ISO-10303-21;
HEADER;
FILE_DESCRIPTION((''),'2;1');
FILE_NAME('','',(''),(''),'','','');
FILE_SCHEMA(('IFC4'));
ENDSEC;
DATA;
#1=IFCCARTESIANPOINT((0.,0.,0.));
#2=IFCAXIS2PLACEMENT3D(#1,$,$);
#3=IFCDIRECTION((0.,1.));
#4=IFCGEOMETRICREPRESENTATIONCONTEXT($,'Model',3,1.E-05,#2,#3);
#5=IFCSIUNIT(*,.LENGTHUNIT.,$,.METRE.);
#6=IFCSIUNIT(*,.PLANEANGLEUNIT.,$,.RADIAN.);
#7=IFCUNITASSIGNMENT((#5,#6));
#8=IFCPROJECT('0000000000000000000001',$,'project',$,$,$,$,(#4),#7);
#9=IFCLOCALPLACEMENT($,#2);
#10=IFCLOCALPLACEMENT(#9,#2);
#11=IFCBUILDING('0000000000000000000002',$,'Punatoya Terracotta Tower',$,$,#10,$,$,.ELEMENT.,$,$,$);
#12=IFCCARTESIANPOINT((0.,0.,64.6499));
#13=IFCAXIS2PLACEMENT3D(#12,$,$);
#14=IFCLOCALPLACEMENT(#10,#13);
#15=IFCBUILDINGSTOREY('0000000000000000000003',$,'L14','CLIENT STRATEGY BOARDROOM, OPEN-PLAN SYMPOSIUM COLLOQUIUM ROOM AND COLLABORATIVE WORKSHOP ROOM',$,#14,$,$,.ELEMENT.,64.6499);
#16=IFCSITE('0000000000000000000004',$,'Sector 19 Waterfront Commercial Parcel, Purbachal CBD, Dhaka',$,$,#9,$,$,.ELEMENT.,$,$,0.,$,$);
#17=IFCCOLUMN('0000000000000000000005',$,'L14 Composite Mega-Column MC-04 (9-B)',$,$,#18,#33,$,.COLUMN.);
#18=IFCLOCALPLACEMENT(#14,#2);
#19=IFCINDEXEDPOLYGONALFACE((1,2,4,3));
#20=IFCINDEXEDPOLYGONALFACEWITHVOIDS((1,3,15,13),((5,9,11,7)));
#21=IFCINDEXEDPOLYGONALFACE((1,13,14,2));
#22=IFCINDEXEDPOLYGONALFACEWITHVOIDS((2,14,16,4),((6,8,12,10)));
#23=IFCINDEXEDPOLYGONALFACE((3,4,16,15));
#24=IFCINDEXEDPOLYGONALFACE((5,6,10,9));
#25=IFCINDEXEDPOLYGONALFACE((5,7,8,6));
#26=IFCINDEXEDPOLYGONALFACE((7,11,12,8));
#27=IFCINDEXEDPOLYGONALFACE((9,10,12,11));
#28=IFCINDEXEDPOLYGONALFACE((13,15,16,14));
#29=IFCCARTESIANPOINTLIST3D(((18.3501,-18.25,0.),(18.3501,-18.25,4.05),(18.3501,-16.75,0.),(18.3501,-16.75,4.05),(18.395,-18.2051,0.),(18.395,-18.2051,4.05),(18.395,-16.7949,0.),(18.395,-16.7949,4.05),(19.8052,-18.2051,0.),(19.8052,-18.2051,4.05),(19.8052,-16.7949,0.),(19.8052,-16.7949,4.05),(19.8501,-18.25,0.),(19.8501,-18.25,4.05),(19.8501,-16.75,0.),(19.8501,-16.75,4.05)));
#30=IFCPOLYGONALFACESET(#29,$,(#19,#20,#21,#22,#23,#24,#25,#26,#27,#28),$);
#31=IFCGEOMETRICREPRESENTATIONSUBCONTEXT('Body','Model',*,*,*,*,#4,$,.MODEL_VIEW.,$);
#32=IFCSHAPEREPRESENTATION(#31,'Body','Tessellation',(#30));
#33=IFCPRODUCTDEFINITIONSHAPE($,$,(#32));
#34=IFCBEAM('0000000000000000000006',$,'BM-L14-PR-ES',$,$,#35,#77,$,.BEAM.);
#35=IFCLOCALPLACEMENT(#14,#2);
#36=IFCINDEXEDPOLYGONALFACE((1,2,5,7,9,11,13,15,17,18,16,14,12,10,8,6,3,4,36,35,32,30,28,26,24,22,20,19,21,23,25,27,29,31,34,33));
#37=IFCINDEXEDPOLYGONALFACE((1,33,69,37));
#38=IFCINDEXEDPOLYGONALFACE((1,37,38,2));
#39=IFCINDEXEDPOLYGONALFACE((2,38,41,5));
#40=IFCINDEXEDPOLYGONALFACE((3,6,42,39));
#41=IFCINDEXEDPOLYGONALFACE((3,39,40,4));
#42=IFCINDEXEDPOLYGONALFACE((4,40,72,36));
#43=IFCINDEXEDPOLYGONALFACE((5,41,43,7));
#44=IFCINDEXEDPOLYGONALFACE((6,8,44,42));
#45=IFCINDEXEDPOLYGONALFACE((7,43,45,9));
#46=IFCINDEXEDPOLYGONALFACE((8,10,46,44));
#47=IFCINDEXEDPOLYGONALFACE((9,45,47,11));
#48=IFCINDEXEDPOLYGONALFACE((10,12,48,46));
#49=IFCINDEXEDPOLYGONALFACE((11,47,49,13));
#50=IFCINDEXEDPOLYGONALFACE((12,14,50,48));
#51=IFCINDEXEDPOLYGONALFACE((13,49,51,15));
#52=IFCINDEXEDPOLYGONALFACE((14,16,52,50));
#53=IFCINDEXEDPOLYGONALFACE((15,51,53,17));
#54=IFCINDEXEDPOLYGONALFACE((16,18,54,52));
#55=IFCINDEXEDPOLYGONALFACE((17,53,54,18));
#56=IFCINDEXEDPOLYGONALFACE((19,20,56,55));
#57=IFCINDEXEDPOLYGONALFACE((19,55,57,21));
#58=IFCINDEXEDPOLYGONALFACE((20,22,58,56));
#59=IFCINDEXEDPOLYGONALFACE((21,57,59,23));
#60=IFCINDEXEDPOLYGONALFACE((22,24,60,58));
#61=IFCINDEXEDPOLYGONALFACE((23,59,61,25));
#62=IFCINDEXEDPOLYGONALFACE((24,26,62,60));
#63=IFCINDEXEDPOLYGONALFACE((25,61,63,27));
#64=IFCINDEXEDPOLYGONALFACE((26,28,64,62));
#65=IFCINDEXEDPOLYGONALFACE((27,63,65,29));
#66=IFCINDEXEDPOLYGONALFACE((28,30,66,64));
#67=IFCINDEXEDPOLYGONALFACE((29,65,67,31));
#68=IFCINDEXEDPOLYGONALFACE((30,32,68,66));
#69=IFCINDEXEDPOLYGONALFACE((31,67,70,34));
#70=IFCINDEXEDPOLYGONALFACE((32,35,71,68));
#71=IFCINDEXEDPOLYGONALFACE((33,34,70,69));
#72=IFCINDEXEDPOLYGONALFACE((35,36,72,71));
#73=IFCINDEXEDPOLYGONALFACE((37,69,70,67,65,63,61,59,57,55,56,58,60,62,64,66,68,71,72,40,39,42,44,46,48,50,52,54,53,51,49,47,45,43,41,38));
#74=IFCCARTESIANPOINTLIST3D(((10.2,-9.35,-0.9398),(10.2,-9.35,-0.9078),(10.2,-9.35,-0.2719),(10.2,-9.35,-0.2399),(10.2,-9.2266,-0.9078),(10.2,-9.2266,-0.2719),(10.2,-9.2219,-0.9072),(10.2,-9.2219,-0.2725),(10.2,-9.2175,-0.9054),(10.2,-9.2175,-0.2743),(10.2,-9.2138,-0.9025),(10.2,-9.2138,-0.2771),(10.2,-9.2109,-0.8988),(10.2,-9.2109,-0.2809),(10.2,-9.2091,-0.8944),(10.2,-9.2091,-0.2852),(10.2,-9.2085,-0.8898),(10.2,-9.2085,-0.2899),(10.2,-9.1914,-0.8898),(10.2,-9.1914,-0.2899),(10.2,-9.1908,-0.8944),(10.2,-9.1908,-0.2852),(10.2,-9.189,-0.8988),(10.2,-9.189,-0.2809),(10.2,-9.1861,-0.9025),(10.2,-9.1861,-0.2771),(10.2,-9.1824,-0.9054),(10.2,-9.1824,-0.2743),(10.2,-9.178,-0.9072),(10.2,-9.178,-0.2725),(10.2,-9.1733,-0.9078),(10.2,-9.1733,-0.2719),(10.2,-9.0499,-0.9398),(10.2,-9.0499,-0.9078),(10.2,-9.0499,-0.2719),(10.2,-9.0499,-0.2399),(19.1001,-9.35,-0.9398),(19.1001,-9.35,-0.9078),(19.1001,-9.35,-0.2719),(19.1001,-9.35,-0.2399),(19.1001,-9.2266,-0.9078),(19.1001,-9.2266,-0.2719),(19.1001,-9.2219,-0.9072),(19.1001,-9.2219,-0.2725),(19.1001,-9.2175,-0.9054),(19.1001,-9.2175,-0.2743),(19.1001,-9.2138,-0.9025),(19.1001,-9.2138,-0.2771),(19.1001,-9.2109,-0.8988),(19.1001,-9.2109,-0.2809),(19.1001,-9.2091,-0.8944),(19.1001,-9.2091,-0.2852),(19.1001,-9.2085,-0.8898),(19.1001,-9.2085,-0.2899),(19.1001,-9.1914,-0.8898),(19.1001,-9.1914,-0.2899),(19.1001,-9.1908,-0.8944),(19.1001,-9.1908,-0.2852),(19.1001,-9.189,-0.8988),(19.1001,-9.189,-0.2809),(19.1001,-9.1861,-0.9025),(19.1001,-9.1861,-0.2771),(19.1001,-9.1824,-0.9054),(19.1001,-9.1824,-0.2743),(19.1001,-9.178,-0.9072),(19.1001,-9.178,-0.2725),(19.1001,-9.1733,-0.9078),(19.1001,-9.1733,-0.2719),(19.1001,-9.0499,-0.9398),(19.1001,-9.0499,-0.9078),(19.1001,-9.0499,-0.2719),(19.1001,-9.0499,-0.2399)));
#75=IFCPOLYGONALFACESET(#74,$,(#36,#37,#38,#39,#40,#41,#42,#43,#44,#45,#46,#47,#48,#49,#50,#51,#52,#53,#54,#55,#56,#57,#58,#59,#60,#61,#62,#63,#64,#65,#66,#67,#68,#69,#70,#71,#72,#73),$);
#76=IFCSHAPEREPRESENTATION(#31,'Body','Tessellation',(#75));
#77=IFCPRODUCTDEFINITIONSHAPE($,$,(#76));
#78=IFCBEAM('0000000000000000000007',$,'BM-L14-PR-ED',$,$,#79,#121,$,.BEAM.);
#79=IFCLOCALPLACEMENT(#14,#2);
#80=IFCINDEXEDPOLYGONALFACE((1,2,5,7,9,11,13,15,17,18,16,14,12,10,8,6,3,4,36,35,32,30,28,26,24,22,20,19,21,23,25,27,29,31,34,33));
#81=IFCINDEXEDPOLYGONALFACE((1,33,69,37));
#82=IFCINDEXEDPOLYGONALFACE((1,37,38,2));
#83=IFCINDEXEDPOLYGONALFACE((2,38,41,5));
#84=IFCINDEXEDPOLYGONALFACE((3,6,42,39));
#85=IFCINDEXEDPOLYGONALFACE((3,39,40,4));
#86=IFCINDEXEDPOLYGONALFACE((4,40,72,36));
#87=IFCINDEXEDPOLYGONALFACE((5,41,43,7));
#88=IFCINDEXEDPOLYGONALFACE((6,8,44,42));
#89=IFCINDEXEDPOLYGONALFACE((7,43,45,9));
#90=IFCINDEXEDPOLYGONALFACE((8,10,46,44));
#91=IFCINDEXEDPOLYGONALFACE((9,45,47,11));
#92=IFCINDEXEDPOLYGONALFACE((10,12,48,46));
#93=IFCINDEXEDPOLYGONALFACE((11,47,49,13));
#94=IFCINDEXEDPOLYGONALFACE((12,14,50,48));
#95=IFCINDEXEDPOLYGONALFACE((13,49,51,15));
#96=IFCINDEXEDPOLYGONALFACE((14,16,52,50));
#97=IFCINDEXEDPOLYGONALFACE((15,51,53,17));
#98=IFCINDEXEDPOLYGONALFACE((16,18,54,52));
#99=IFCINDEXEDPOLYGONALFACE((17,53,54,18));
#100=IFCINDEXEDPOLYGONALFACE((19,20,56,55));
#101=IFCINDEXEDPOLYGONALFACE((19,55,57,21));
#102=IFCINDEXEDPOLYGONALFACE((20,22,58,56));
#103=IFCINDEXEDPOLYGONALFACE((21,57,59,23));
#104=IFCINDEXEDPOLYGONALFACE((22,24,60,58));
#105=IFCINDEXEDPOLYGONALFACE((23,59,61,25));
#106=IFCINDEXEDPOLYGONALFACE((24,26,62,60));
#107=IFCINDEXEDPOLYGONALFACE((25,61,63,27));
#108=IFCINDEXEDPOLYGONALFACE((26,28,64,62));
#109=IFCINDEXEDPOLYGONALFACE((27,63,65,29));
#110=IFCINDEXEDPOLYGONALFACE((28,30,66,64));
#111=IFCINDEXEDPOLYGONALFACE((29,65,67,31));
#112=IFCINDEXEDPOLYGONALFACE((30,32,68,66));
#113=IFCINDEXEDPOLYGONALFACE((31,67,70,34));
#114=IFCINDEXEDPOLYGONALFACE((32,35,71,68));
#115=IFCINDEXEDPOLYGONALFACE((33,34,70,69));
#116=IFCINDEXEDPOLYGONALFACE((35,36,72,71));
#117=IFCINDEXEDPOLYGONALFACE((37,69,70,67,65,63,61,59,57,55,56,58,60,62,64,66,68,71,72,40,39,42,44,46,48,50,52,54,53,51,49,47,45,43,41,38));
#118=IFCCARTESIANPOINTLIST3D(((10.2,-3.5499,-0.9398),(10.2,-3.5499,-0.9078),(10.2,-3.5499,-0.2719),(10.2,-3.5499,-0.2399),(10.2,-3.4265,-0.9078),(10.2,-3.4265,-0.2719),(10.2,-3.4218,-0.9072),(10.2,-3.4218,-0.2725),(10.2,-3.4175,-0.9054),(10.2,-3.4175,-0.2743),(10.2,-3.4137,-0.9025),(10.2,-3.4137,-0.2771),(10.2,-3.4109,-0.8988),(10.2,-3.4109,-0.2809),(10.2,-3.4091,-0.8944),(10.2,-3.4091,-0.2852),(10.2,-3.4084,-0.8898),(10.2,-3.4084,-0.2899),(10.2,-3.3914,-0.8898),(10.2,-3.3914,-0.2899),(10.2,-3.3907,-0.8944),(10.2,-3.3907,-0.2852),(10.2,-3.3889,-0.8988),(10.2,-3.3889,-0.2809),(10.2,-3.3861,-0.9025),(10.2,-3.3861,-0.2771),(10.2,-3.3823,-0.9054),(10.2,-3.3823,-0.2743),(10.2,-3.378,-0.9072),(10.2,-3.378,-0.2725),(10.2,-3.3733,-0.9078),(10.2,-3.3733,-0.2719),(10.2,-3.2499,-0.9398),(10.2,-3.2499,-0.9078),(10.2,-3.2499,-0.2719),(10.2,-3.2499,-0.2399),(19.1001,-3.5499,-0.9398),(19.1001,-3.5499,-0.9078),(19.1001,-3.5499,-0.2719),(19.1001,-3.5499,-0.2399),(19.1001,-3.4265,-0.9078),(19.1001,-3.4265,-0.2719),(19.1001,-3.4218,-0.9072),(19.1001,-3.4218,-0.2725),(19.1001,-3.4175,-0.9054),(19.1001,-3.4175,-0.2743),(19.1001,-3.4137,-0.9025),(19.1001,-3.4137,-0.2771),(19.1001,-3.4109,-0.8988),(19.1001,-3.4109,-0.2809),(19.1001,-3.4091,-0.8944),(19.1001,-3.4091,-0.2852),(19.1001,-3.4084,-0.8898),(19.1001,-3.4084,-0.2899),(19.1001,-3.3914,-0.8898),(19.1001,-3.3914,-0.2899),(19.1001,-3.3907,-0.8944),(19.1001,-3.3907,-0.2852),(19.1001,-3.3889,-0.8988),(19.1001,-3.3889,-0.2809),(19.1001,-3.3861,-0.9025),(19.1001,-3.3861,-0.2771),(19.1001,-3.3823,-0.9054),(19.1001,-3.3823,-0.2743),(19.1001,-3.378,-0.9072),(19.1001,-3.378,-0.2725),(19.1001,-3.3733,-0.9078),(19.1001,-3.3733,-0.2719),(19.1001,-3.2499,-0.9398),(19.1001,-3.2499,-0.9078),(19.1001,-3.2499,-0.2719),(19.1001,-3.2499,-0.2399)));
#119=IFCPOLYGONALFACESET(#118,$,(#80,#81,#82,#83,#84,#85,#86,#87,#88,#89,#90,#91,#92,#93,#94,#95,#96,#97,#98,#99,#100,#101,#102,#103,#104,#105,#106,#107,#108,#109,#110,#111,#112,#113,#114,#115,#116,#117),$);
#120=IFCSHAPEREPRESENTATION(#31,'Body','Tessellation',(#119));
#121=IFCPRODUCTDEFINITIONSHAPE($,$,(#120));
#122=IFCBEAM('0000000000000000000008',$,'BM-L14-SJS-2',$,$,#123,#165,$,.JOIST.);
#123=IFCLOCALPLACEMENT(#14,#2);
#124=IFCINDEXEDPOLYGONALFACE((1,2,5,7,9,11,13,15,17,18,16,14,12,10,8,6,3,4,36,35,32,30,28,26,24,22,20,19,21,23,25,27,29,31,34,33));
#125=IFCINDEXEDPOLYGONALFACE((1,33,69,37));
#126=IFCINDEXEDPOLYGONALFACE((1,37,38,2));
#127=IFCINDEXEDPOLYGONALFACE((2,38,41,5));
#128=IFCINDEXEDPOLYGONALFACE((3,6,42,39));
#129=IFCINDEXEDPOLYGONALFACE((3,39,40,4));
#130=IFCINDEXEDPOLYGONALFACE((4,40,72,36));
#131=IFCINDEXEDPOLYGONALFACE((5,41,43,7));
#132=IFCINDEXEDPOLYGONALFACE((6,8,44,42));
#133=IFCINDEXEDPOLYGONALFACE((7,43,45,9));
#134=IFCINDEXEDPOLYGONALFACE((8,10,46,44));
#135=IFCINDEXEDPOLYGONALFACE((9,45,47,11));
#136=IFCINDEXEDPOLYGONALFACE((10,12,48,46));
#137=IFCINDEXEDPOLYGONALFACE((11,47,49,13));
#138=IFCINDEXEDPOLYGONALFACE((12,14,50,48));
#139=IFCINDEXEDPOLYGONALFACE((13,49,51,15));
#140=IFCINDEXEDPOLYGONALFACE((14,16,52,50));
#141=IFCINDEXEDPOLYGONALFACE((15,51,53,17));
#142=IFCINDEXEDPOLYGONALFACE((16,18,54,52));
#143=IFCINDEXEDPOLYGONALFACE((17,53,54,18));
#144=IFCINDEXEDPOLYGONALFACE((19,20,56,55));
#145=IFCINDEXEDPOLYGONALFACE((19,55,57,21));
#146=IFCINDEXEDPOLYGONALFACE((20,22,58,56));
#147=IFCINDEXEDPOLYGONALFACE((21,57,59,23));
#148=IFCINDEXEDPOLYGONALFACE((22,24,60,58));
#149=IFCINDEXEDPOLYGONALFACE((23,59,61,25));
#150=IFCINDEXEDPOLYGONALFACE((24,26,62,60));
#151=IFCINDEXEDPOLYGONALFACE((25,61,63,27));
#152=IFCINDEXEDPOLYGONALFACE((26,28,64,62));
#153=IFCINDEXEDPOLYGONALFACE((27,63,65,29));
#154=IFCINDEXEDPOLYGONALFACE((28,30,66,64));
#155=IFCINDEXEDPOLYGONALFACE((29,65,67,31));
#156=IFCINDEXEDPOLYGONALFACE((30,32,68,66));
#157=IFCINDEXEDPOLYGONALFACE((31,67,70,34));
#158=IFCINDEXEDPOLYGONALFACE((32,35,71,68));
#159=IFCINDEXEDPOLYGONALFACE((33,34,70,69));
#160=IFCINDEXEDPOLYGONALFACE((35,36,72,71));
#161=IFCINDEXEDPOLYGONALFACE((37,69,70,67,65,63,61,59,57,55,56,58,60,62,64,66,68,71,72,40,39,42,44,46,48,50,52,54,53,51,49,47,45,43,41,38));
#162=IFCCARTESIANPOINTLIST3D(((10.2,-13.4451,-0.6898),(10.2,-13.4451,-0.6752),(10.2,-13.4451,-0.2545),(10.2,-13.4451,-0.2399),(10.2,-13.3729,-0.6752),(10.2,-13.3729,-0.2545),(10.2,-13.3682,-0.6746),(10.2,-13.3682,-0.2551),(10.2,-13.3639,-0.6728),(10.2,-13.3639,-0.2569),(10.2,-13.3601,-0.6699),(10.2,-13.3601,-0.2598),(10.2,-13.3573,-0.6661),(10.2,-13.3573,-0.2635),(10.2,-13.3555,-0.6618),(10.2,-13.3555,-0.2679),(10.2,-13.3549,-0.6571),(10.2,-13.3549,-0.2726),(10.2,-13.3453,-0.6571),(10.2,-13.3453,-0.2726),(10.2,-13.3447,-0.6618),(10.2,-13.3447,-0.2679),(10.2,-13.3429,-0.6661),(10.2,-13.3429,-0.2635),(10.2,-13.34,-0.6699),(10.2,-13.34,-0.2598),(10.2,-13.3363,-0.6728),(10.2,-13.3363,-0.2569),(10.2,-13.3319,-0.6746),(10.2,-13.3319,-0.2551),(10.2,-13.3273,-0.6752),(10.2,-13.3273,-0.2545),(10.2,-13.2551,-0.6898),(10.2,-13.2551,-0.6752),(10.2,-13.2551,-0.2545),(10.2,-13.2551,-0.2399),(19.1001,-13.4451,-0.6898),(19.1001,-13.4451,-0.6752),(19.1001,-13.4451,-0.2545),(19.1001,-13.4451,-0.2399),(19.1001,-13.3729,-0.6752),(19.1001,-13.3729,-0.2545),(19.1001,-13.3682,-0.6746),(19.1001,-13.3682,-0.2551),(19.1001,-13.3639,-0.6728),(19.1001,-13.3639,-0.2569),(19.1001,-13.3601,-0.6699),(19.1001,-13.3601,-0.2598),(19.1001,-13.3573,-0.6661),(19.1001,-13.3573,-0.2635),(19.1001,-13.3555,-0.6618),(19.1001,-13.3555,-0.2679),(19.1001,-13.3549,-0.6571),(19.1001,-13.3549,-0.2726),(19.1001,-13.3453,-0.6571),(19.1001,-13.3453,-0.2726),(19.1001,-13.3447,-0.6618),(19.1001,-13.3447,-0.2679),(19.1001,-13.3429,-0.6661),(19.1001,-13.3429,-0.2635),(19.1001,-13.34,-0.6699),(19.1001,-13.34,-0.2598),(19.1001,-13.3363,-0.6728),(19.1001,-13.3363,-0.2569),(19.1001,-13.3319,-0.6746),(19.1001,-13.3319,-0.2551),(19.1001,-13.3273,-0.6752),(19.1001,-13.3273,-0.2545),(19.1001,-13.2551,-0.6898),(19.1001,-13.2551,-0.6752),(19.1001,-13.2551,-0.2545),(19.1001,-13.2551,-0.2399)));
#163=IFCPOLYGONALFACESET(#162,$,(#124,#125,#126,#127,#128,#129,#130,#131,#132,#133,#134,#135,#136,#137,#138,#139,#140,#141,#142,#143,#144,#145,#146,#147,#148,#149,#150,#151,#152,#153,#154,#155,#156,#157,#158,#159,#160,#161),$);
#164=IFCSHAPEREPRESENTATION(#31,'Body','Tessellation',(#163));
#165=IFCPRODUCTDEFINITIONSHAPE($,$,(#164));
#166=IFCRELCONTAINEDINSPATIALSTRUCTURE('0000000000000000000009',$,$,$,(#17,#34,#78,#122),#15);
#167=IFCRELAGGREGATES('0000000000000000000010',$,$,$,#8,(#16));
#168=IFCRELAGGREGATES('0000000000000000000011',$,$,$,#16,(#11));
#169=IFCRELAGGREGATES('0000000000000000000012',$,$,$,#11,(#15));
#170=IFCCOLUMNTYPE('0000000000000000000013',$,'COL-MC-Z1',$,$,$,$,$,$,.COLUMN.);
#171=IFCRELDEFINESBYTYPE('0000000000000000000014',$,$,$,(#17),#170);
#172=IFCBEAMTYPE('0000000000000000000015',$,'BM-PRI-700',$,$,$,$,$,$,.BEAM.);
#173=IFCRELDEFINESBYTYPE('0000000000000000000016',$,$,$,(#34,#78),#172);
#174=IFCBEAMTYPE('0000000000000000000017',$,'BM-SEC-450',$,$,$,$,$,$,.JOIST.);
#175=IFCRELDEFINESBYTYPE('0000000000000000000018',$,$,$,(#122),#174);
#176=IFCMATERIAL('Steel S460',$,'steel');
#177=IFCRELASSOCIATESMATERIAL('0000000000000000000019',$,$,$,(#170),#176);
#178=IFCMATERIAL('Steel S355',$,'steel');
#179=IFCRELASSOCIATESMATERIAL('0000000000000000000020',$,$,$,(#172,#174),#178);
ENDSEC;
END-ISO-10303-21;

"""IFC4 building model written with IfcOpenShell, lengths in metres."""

from ifc_helpers import new_model, si_unit, direction, frame, origin, origin_2d, place, context, subcontext, project, spatial, hollow_rectangle, i_section, extrude, material, material_profile, profile_set, type_object, element, save


model = new_model("IFC4")

# Units and contexts
model_context = context("Model", 3, precision=1e-05, world=origin(), true_north=direction((0.0, 1.0)))
body_context = subcontext(model_context, "Body", "Model", "MODEL_VIEW")
ifc_project = project(units=[si_unit("LENGTHUNIT", "METRE"), si_unit("PLANEANGLEUNIT", "RADIAN")], contexts=[model_context])

# Site, building, storey
site_placement = place(None, origin())
site = spatial("IfcSite", under=ifc_project, at=site_placement, Name="Sector 19 Waterfront Commercial Parcel, Purbachal CBD, Dhaka", CompositionType="ELEMENT", RefElevation=0.0)
building_placement = place(site_placement, origin())
building = spatial("IfcBuilding", under=site, at=building_placement, Name="Punatoya Terracotta Tower", CompositionType="ELEMENT")
storey_placement = place(building_placement, frame((0.0, 0.0, 64.6499)))
storey = spatial("IfcBuildingStorey", under=building, at=storey_placement, Name="L14", Description="CLIENT STRATEGY BOARDROOM, OPEN-PLAN SYMPOSIUM COLLOQUIUM ROOM AND COLLABORATIVE WORKSHOP ROOM", CompositionType="ELEMENT", Elevation=64.6499)

# Column
ifc_material_1 = material(Name="Steel S460", Category="steel")
ifc_material_profile_1 = material_profile(ifc_material_1, hollow_rectangle(XDim=1.5, YDim=1.5, WallThickness=0.0449, at=origin_2d()))
ifc_profile_set_1 = profile_set([ifc_material_profile_1], Name="Steel S460")
column_type = type_object("IfcColumnType", Name="COL-MC-Z1", PredefinedType="COLUMN", material=ifc_profile_set_1)
column_placement = place(storey_placement, frame((19.1001, -17.5, 0.0), z_axis=(0.0, 0.0, 1.0), x_axis=(1.0, 0.0, 0.0)))
element("IfcColumn", 1, at=column_placement, inside=storey, type_object=column_type, Name="L14 Composite Mega-Column MC-04 (9-B)", PredefinedType="COLUMN", context=body_context, shape_type="SweptSolid", body=[
    extrude(hollow_rectangle(XDim=1.5, YDim=1.5, WallThickness=0.0449, at=origin_2d()), origin(), (0.0, 0.0, 1.0), 4.05),
])

# Beams
ifc_material_2 = material(Name="Steel S355", Category="steel")
ifc_material_profile_2 = material_profile(ifc_material_2, i_section(OverallWidth=0.3, OverallDepth=0.7, WebThickness=0.0171, FlangeThickness=0.032, FilletRadius=0.0181, at=origin_2d()))
ifc_profile_set_2 = profile_set([ifc_material_profile_2], Name="Steel S355")
beam_type_1 = type_object("IfcBeamType", Name="BM-PRI-700", PredefinedType="BEAM", material=ifc_profile_set_2)
for number, where, z_axis, x_axis, name in (
    (2, (10.2, -9.2, -0.5898), (1.0, 0.0, 0.0), (0.0, 1.0, 0.0), "BM-L14-PR-ES"),
    (3, (10.2, -3.3999, -0.5898), (1.0, 0.0, 0.0), (0.0, 1.0, 0.0), "BM-L14-PR-ED"),
):
    element("IfcBeam", number, at=place(storey_placement, frame(where, z_axis=z_axis, x_axis=x_axis)), inside=storey, type_object=beam_type_1, Name=name, PredefinedType="BEAM", context=body_context, shape_type="SweptSolid", body=[
        extrude(i_section(OverallWidth=0.3, OverallDepth=0.7, WebThickness=0.0171, FlangeThickness=0.032, FilletRadius=0.0181, at=origin_2d()), origin(), (0.0, 0.0, 1.0), 8.9001),
    ])
ifc_material_profile_3 = material_profile(ifc_material_2, i_section(OverallWidth=0.1899, OverallDepth=0.45, WebThickness=0.0095, FlangeThickness=0.0146, FilletRadius=0.0181, at=origin_2d()))
ifc_profile_set_3 = profile_set([ifc_material_profile_3], Name="Steel S355")
beam_type_2 = type_object("IfcBeamType", Name="BM-SEC-450", PredefinedType="JOIST", material=ifc_profile_set_3)
beam_placement = place(storey_placement, frame((10.2, -13.3501, -0.4648), z_axis=(1.0, 0.0, 0.0), x_axis=(0.0, 1.0, 0.0)))
element("IfcBeam", 4, at=beam_placement, inside=storey, type_object=beam_type_2, Name="BM-L14-SJS-2", PredefinedType="JOIST", context=body_context, shape_type="SweptSolid", body=[
    extrude(i_section(OverallWidth=0.1899, OverallDepth=0.45, WebThickness=0.0095, FlangeThickness=0.0146, FilletRadius=0.0181, at=origin_2d()), origin(), (0.0, 0.0, 1.0), 8.9001),
])

save(model, "model.ifc")
